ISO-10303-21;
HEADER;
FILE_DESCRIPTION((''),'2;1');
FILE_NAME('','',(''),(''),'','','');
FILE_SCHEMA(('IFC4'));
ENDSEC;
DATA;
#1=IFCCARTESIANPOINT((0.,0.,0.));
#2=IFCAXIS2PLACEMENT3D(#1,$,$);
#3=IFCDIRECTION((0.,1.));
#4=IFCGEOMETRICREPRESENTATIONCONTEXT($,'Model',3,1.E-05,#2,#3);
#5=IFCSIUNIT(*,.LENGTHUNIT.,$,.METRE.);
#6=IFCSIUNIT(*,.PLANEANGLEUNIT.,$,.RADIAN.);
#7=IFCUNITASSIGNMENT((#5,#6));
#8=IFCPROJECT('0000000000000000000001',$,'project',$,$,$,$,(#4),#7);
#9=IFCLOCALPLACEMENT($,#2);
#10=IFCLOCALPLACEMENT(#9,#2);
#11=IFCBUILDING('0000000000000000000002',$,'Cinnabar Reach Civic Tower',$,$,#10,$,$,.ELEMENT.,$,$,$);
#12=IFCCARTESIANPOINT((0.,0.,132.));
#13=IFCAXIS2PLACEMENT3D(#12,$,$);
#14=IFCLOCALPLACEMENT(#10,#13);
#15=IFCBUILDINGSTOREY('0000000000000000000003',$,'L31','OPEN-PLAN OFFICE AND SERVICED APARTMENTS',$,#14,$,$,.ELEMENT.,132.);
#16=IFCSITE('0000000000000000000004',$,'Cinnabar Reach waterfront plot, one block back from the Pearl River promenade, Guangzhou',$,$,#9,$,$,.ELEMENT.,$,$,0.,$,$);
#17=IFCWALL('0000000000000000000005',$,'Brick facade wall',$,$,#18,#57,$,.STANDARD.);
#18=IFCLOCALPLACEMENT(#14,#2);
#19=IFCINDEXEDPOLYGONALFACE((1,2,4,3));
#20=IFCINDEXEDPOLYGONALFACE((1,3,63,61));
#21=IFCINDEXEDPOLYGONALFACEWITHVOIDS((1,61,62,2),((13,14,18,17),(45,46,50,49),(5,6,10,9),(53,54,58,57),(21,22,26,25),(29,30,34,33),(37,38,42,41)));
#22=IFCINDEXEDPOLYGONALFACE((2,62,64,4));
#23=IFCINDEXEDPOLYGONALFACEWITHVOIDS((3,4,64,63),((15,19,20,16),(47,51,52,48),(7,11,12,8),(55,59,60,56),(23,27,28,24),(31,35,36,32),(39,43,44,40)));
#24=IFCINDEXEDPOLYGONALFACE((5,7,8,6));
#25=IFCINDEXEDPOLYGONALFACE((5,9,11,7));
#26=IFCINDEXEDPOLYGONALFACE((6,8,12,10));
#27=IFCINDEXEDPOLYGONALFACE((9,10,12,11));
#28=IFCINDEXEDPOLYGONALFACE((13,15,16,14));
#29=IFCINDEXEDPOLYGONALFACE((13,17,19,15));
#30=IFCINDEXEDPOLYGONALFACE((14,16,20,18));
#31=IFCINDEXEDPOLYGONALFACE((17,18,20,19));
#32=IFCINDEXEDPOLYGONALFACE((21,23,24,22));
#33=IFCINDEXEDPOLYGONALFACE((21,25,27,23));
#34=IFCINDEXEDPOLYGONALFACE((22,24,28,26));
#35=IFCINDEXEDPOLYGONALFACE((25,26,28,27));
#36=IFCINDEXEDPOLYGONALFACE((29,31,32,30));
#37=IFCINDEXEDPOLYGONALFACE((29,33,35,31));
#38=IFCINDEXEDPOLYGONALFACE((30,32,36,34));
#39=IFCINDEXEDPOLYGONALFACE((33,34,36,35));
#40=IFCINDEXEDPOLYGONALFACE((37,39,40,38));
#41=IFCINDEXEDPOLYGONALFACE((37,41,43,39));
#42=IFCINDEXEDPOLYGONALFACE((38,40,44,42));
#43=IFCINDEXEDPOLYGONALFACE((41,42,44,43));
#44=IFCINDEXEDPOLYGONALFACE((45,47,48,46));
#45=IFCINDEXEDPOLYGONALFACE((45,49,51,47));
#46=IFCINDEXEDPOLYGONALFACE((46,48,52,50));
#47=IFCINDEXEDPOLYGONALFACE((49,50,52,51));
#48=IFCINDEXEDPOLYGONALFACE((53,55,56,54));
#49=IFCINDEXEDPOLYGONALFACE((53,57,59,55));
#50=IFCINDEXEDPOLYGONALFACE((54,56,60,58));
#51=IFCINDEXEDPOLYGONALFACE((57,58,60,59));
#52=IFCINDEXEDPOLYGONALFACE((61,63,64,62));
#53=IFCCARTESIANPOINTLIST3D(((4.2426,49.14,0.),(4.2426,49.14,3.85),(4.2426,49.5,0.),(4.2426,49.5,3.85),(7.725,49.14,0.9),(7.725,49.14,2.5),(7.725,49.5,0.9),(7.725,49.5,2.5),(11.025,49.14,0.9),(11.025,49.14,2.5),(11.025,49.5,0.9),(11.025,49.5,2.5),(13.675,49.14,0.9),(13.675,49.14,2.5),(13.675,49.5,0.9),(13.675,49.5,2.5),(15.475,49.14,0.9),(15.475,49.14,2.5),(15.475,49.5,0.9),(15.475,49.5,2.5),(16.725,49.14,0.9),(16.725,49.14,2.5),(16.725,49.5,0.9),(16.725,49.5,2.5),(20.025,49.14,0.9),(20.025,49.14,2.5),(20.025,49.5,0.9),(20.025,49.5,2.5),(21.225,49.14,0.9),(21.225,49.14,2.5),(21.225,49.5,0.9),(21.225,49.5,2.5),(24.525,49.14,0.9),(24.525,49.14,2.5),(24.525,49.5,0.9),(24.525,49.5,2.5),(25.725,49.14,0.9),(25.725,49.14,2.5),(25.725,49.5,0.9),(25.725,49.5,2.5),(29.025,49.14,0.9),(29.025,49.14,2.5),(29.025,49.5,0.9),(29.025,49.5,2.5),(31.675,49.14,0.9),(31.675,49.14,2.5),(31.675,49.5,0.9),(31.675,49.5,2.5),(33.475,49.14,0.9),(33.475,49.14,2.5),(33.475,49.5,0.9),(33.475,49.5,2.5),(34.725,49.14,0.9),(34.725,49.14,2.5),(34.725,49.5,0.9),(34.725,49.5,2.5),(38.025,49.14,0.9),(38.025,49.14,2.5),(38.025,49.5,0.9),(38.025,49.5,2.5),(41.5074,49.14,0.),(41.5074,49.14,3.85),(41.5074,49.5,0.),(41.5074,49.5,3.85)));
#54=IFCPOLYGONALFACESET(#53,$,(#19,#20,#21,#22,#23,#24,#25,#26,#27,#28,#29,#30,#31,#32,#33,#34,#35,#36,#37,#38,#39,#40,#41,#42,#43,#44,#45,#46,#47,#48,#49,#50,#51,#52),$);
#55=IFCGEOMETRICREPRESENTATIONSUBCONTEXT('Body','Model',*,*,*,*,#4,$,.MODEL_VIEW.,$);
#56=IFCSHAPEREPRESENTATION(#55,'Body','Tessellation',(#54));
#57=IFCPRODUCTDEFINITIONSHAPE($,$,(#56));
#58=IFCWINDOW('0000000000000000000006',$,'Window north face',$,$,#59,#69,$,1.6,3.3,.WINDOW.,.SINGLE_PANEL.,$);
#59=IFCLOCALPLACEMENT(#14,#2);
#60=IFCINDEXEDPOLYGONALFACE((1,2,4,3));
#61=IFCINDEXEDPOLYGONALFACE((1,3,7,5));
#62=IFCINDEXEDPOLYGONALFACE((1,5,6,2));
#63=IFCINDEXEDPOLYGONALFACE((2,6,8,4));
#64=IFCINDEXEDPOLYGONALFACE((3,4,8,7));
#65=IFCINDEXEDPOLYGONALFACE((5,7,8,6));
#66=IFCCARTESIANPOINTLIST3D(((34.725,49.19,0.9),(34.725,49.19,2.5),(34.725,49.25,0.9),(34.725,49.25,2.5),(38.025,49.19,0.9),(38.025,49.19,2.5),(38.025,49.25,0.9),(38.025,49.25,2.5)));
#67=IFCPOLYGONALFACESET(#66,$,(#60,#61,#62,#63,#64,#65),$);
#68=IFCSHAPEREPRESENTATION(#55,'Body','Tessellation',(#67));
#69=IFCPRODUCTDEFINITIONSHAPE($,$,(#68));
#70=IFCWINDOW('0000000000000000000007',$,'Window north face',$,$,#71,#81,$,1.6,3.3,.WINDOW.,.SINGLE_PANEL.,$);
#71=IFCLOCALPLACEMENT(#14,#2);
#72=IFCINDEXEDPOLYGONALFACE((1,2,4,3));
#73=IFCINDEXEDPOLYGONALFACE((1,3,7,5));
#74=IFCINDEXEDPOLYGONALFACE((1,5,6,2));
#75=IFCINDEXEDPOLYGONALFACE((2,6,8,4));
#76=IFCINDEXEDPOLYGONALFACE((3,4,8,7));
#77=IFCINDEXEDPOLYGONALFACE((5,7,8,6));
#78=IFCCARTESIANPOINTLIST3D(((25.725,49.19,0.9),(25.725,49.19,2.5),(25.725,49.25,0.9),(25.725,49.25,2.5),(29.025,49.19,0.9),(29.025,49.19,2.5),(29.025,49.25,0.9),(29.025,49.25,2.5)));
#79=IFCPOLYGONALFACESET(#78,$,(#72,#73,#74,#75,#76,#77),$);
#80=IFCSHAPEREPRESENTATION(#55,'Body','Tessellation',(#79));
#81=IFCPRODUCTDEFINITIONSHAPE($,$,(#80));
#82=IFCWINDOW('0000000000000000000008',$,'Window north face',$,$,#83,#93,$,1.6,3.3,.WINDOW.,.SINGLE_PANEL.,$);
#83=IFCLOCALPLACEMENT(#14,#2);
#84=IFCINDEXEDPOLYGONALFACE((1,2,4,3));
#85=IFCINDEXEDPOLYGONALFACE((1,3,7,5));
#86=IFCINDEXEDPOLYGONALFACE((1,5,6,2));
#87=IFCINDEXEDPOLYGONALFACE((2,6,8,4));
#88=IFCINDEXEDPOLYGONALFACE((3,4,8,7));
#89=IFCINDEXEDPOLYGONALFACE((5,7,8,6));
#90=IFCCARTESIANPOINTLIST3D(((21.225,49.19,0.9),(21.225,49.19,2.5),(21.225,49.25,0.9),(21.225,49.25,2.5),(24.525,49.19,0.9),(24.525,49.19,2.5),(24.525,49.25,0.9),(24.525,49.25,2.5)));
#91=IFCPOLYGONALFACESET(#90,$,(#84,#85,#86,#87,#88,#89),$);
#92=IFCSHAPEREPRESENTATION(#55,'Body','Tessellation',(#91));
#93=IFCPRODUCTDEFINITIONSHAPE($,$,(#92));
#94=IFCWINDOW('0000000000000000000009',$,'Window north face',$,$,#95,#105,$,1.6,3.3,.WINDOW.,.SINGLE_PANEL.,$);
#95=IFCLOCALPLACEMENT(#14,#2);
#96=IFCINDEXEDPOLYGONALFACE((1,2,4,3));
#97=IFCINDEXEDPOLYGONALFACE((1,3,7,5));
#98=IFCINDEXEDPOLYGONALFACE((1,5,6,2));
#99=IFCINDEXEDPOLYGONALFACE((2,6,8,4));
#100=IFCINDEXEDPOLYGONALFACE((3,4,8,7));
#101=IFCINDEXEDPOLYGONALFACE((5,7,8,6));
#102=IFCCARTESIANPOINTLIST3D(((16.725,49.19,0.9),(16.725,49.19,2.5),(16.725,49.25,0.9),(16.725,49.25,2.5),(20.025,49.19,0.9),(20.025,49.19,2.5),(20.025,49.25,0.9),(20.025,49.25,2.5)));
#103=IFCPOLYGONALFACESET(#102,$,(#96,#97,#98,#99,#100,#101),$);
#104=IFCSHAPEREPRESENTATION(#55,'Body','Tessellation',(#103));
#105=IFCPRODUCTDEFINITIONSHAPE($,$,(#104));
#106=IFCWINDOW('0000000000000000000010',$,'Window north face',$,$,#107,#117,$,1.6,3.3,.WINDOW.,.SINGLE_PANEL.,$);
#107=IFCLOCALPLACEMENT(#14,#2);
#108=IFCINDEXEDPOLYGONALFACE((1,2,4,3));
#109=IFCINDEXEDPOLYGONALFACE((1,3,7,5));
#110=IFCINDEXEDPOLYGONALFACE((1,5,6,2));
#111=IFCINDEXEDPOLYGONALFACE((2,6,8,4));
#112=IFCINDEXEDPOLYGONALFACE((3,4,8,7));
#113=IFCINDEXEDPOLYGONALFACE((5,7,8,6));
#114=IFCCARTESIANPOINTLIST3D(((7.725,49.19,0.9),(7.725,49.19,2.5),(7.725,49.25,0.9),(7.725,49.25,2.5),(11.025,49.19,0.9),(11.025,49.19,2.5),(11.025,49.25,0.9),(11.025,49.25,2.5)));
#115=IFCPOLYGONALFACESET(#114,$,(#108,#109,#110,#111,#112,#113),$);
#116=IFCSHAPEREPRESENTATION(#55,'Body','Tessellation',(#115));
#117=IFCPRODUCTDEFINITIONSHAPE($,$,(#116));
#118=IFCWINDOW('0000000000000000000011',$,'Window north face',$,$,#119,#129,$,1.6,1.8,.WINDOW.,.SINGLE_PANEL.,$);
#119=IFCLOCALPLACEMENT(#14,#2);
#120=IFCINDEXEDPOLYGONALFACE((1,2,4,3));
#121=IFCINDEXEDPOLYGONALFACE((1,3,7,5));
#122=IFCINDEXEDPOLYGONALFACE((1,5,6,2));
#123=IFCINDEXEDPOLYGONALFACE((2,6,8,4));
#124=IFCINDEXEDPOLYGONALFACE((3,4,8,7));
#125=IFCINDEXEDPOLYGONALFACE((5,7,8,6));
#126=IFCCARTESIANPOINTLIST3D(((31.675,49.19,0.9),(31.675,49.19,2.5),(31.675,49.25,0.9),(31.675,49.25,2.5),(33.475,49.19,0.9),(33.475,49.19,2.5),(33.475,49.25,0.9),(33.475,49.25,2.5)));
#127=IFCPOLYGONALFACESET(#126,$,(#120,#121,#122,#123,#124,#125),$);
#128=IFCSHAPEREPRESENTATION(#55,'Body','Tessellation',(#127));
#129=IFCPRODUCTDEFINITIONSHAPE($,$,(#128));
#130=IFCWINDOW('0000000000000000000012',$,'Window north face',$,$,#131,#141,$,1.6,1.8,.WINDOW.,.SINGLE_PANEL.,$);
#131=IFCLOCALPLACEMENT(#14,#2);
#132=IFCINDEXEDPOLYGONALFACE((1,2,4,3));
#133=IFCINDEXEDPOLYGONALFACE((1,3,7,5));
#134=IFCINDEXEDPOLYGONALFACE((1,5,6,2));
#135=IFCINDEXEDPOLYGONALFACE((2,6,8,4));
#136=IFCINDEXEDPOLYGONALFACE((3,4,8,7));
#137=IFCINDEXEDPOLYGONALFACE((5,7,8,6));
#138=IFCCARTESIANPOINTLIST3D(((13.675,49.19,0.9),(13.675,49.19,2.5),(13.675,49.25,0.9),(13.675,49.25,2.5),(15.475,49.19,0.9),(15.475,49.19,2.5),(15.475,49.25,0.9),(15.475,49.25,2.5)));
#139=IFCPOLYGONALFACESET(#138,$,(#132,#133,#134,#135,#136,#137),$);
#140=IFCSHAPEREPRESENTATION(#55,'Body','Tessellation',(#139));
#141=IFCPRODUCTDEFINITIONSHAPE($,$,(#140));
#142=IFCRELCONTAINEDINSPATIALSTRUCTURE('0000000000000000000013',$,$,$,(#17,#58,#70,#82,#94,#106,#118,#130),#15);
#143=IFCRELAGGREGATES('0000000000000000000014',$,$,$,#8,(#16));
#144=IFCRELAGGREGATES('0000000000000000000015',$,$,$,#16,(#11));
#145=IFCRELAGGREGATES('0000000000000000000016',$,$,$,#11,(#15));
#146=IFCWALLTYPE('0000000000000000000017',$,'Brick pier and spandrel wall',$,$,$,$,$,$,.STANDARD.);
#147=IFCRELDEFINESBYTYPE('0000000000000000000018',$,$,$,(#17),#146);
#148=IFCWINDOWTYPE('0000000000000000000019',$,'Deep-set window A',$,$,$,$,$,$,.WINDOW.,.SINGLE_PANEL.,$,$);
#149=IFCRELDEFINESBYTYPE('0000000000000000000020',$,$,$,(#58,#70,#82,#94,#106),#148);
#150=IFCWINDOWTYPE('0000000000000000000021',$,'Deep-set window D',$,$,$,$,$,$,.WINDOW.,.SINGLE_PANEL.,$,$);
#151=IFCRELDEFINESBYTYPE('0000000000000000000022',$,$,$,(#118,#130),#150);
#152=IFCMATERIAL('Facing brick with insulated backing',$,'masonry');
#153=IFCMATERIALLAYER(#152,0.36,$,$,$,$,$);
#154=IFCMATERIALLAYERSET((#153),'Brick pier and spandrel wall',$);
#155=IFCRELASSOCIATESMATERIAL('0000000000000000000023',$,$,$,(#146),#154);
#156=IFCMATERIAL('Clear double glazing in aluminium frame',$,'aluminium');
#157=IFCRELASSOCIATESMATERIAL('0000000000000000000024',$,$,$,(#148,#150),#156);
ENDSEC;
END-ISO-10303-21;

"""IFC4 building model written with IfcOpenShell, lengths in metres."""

from ifc_helpers import new_model, si_unit, direction, frame, frame_2d, origin, place, context, subcontext, project, spatial, rectangle, extrude, material, layer, layer_set, type_object, element, fill, save


model = new_model("IFC4")

# Units and contexts
model_context = context("Model", 3, precision=1e-05, world=origin(), true_north=direction((0.0, 1.0)))
body_context = subcontext(model_context, "Body", "Model", "MODEL_VIEW")
ifc_project = project(units=[si_unit("LENGTHUNIT", "METRE"), si_unit("PLANEANGLEUNIT", "RADIAN")], contexts=[model_context])

# Site, building, storey
site_placement = place(None, origin())
site = spatial("IfcSite", under=ifc_project, at=site_placement, Name="Cinnabar Reach waterfront plot, one block back from the Pearl River promenade, Guangzhou", CompositionType="ELEMENT", RefElevation=0.0)
building_placement = place(site_placement, origin())
building = spatial("IfcBuilding", under=site, at=building_placement, Name="Cinnabar Reach Civic Tower", CompositionType="ELEMENT")
storey_placement = place(building_placement, frame((0.0, 0.0, 132.0)))
storey = spatial("IfcBuildingStorey", under=building, at=storey_placement, Name="L31", Description="OPEN-PLAN OFFICE AND SERVICED APARTMENTS", CompositionType="ELEMENT", Elevation=132.0)

# Shared definitions
ifc_material_1 = material(Name="Facing brick with insulated backing", Category="masonry")

# Shared definitions
ifc_layer_1 = layer(ifc_material_1, 0.36)
ifc_layer_set_1 = layer_set([ifc_layer_1], Name="Brick pier and spandrel wall")
wall_type_1 = type_object("IfcWallType", Name="Brick pier and spandrel wall", PredefinedType="STANDARD", material=ifc_layer_set_1)
ifc_material_2 = material(Name="Clear double glazing in aluminium frame", Category="aluminium")
window_type_1 = type_object("IfcWindowType", Name="Deep-set window A", PartitioningType="SINGLE_PANEL", PredefinedType="WINDOW", material=ifc_material_2)

# Wall, openings, windows
wall_1_placement = place(storey_placement, frame((41.5074, 49.32, 0.0), z_axis=(0.0, 0.0, 1.0), x_axis=(-1.0, 0.0, 0.0)))
wall_1 = element("IfcWall", 1, at=wall_1_placement, inside=storey, type_object=wall_type_1, Name="Brick facade wall", PredefinedType="STANDARD", context=body_context, shape_type="SweptSolid", body=[
    extrude(rectangle(XDim=37.2648, YDim=0.36, at=frame_2d((18.6324, 0.0))), origin(), (0.0, 0.0, 1.0), 3.85),
])
opening_1_placement = place(wall_1_placement, frame((3.4824, 0.0, 0.9)))
opening_1 = element("IfcOpeningElement", 2, at=opening_1_placement, cuts=wall_1, PredefinedType="OPENING", context=body_context, shape_type="SweptSolid", body=[
    extrude(rectangle(XDim=3.3, YDim=1.6, at=frame_2d((1.65, 0.8))), frame((0.0, 0.19, 0.0), z_axis=(0.0, -1.0, 0.0), x_axis=(1.0, 0.0, 0.0)), (0.0, 0.0, 1.0), 0.38),
])
opening_2_placement = place(wall_1_placement, frame((8.0324, 0.0, 0.9)))
opening_2 = element("IfcOpeningElement", 3, at=opening_2_placement, cuts=wall_1, PredefinedType="OPENING", context=body_context, shape_type="SweptSolid", body=[
    extrude(rectangle(XDim=1.8, YDim=1.6, at=frame_2d((0.9, 0.8))), frame((0.0, 0.19, 0.0), z_axis=(0.0, -1.0, 0.0), x_axis=(1.0, 0.0, 0.0)), (0.0, 0.0, 1.0), 0.38),
])
opening_3_placement = place(wall_1_placement, frame((12.4824, 0.0, 0.9)))
opening_3 = element("IfcOpeningElement", 4, at=opening_3_placement, cuts=wall_1, PredefinedType="OPENING", context=body_context, shape_type="SweptSolid", body=[
    extrude(rectangle(XDim=3.3, YDim=1.6, at=frame_2d((1.65, 0.8))), frame((0.0, 0.19, 0.0), z_axis=(0.0, -1.0, 0.0), x_axis=(1.0, 0.0, 0.0)), (0.0, 0.0, 1.0), 0.38),
])
opening_4_placement = place(wall_1_placement, frame((16.9824, 0.0, 0.9)))
opening_4 = element("IfcOpeningElement", 5, at=opening_4_placement, cuts=wall_1, PredefinedType="OPENING", context=body_context, shape_type="SweptSolid", body=[
    extrude(rectangle(XDim=3.3, YDim=1.6, at=frame_2d((1.65, 0.8))), frame((0.0, 0.19, 0.0), z_axis=(0.0, -1.0, 0.0), x_axis=(1.0, 0.0, 0.0)), (0.0, 0.0, 1.0), 0.38),
])
opening_5_placement = place(wall_1_placement, frame((21.4824, 0.0, 0.9)))
opening_5 = element("IfcOpeningElement", 6, at=opening_5_placement, cuts=wall_1, PredefinedType="OPENING", context=body_context, shape_type="SweptSolid", body=[
    extrude(rectangle(XDim=3.3, YDim=1.6, at=frame_2d((1.65, 0.8))), frame((0.0, 0.19, 0.0), z_axis=(0.0, -1.0, 0.0), x_axis=(1.0, 0.0, 0.0)), (0.0, 0.0, 1.0), 0.38),
])
opening_6_placement = place(wall_1_placement, frame((26.0324, 0.0, 0.9)))
opening_6 = element("IfcOpeningElement", 7, at=opening_6_placement, cuts=wall_1, PredefinedType="OPENING", context=body_context, shape_type="SweptSolid", body=[
    extrude(rectangle(XDim=1.8, YDim=1.6, at=frame_2d((0.9, 0.8))), frame((0.0, 0.19, 0.0), z_axis=(0.0, -1.0, 0.0), x_axis=(1.0, 0.0, 0.0)), (0.0, 0.0, 1.0), 0.38),
])
opening_7_placement = place(wall_1_placement, frame((30.4824, 0.0, 0.9)))
opening_7 = element("IfcOpeningElement", 8, at=opening_7_placement, cuts=wall_1, PredefinedType="OPENING", context=body_context, shape_type="SweptSolid", body=[
    extrude(rectangle(XDim=3.3, YDim=1.6, at=frame_2d((1.65, 0.8))), frame((0.0, 0.19, 0.0), z_axis=(0.0, -1.0, 0.0), x_axis=(1.0, 0.0, 0.0)), (0.0, 0.0, 1.0), 0.38),
])
window_1_placement = place(opening_1_placement, origin())
window_1 = element("IfcWindow", 9, at=window_1_placement, inside=storey, type_object=window_type_1, Name="Window north face", OverallHeight=1.6, OverallWidth=3.3, PartitioningType="SINGLE_PANEL", PredefinedType="WINDOW", context=body_context, shape_type="SweptSolid", body=[
    extrude(rectangle(XDim=3.3, YDim=1.6, at=frame_2d((1.65, 0.8))), frame((0.0, 0.13, 0.0), z_axis=(0.0, -1.0, 0.0), x_axis=(1.0, 0.0, 0.0)), (0.0, 0.0, 1.0), 0.06),
])
fill(opening_1, window_1)
window_2_placement = place(opening_3_placement, origin())
window_2 = element("IfcWindow", 10, at=window_2_placement, inside=storey, type_object=window_type_1, Name="Window north face", OverallHeight=1.6, OverallWidth=3.3, PartitioningType="SINGLE_PANEL", PredefinedType="WINDOW", context=body_context, shape_type="SweptSolid", body=[
    extrude(rectangle(XDim=3.3, YDim=1.6, at=frame_2d((1.65, 0.8))), frame((0.0, 0.13, 0.0), z_axis=(0.0, -1.0, 0.0), x_axis=(1.0, 0.0, 0.0)), (0.0, 0.0, 1.0), 0.06),
])
fill(opening_3, window_2)
window_3_placement = place(opening_4_placement, origin())
window_3 = element("IfcWindow", 11, at=window_3_placement, inside=storey, type_object=window_type_1, Name="Window north face", OverallHeight=1.6, OverallWidth=3.3, PartitioningType="SINGLE_PANEL", PredefinedType="WINDOW", context=body_context, shape_type="SweptSolid", body=[
    extrude(rectangle(XDim=3.3, YDim=1.6, at=frame_2d((1.65, 0.8))), frame((0.0, 0.13, 0.0), z_axis=(0.0, -1.0, 0.0), x_axis=(1.0, 0.0, 0.0)), (0.0, 0.0, 1.0), 0.06),
])
fill(opening_4, window_3)
window_4_placement = place(opening_5_placement, origin())
window_4 = element("IfcWindow", 12, at=window_4_placement, inside=storey, type_object=window_type_1, Name="Window north face", OverallHeight=1.6, OverallWidth=3.3, PartitioningType="SINGLE_PANEL", PredefinedType="WINDOW", context=body_context, shape_type="SweptSolid", body=[
    extrude(rectangle(XDim=3.3, YDim=1.6, at=frame_2d((1.65, 0.8))), frame((0.0, 0.13, 0.0), z_axis=(0.0, -1.0, 0.0), x_axis=(1.0, 0.0, 0.0)), (0.0, 0.0, 1.0), 0.06),
])
fill(opening_5, window_4)
window_5_placement = place(opening_7_placement, origin())
window_5 = element("IfcWindow", 13, at=window_5_placement, inside=storey, type_object=window_type_1, Name="Window north face", OverallHeight=1.6, OverallWidth=3.3, PartitioningType="SINGLE_PANEL", PredefinedType="WINDOW", context=body_context, shape_type="SweptSolid", body=[
    extrude(rectangle(XDim=3.3, YDim=1.6, at=frame_2d((1.65, 0.8))), frame((0.0, 0.13, 0.0), z_axis=(0.0, -1.0, 0.0), x_axis=(1.0, 0.0, 0.0)), (0.0, 0.0, 1.0), 0.06),
])
fill(opening_7, window_5)
window_type_2 = type_object("IfcWindowType", Name="Deep-set window D", PartitioningType="SINGLE_PANEL", PredefinedType="WINDOW", material=ifc_material_2)
window_6_placement = place(opening_2_placement, origin())
window_6 = element("IfcWindow", 14, at=window_6_placement, inside=storey, type_object=window_type_2, Name="Window north face", OverallHeight=1.6, OverallWidth=1.8, PartitioningType="SINGLE_PANEL", PredefinedType="WINDOW", context=body_context, shape_type="SweptSolid", body=[
    extrude(rectangle(XDim=1.8, YDim=1.6, at=frame_2d((0.9, 0.8))), frame((0.0, 0.13, 0.0), z_axis=(0.0, -1.0, 0.0), x_axis=(1.0, 0.0, 0.0)), (0.0, 0.0, 1.0), 0.06),
])
fill(opening_2, window_6)
window_7_placement = place(opening_6_placement, origin())
window_7 = element("IfcWindow", 15, at=window_7_placement, inside=storey, type_object=window_type_2, Name="Window north face", OverallHeight=1.6, OverallWidth=1.8, PartitioningType="SINGLE_PANEL", PredefinedType="WINDOW", context=body_context, shape_type="SweptSolid", body=[
    extrude(rectangle(XDim=1.8, YDim=1.6, at=frame_2d((0.9, 0.8))), frame((0.0, 0.13, 0.0), z_axis=(0.0, -1.0, 0.0), x_axis=(1.0, 0.0, 0.0)), (0.0, 0.0, 1.0), 0.06),
])
fill(opening_6, window_7)

save(model, "model.ifc")
